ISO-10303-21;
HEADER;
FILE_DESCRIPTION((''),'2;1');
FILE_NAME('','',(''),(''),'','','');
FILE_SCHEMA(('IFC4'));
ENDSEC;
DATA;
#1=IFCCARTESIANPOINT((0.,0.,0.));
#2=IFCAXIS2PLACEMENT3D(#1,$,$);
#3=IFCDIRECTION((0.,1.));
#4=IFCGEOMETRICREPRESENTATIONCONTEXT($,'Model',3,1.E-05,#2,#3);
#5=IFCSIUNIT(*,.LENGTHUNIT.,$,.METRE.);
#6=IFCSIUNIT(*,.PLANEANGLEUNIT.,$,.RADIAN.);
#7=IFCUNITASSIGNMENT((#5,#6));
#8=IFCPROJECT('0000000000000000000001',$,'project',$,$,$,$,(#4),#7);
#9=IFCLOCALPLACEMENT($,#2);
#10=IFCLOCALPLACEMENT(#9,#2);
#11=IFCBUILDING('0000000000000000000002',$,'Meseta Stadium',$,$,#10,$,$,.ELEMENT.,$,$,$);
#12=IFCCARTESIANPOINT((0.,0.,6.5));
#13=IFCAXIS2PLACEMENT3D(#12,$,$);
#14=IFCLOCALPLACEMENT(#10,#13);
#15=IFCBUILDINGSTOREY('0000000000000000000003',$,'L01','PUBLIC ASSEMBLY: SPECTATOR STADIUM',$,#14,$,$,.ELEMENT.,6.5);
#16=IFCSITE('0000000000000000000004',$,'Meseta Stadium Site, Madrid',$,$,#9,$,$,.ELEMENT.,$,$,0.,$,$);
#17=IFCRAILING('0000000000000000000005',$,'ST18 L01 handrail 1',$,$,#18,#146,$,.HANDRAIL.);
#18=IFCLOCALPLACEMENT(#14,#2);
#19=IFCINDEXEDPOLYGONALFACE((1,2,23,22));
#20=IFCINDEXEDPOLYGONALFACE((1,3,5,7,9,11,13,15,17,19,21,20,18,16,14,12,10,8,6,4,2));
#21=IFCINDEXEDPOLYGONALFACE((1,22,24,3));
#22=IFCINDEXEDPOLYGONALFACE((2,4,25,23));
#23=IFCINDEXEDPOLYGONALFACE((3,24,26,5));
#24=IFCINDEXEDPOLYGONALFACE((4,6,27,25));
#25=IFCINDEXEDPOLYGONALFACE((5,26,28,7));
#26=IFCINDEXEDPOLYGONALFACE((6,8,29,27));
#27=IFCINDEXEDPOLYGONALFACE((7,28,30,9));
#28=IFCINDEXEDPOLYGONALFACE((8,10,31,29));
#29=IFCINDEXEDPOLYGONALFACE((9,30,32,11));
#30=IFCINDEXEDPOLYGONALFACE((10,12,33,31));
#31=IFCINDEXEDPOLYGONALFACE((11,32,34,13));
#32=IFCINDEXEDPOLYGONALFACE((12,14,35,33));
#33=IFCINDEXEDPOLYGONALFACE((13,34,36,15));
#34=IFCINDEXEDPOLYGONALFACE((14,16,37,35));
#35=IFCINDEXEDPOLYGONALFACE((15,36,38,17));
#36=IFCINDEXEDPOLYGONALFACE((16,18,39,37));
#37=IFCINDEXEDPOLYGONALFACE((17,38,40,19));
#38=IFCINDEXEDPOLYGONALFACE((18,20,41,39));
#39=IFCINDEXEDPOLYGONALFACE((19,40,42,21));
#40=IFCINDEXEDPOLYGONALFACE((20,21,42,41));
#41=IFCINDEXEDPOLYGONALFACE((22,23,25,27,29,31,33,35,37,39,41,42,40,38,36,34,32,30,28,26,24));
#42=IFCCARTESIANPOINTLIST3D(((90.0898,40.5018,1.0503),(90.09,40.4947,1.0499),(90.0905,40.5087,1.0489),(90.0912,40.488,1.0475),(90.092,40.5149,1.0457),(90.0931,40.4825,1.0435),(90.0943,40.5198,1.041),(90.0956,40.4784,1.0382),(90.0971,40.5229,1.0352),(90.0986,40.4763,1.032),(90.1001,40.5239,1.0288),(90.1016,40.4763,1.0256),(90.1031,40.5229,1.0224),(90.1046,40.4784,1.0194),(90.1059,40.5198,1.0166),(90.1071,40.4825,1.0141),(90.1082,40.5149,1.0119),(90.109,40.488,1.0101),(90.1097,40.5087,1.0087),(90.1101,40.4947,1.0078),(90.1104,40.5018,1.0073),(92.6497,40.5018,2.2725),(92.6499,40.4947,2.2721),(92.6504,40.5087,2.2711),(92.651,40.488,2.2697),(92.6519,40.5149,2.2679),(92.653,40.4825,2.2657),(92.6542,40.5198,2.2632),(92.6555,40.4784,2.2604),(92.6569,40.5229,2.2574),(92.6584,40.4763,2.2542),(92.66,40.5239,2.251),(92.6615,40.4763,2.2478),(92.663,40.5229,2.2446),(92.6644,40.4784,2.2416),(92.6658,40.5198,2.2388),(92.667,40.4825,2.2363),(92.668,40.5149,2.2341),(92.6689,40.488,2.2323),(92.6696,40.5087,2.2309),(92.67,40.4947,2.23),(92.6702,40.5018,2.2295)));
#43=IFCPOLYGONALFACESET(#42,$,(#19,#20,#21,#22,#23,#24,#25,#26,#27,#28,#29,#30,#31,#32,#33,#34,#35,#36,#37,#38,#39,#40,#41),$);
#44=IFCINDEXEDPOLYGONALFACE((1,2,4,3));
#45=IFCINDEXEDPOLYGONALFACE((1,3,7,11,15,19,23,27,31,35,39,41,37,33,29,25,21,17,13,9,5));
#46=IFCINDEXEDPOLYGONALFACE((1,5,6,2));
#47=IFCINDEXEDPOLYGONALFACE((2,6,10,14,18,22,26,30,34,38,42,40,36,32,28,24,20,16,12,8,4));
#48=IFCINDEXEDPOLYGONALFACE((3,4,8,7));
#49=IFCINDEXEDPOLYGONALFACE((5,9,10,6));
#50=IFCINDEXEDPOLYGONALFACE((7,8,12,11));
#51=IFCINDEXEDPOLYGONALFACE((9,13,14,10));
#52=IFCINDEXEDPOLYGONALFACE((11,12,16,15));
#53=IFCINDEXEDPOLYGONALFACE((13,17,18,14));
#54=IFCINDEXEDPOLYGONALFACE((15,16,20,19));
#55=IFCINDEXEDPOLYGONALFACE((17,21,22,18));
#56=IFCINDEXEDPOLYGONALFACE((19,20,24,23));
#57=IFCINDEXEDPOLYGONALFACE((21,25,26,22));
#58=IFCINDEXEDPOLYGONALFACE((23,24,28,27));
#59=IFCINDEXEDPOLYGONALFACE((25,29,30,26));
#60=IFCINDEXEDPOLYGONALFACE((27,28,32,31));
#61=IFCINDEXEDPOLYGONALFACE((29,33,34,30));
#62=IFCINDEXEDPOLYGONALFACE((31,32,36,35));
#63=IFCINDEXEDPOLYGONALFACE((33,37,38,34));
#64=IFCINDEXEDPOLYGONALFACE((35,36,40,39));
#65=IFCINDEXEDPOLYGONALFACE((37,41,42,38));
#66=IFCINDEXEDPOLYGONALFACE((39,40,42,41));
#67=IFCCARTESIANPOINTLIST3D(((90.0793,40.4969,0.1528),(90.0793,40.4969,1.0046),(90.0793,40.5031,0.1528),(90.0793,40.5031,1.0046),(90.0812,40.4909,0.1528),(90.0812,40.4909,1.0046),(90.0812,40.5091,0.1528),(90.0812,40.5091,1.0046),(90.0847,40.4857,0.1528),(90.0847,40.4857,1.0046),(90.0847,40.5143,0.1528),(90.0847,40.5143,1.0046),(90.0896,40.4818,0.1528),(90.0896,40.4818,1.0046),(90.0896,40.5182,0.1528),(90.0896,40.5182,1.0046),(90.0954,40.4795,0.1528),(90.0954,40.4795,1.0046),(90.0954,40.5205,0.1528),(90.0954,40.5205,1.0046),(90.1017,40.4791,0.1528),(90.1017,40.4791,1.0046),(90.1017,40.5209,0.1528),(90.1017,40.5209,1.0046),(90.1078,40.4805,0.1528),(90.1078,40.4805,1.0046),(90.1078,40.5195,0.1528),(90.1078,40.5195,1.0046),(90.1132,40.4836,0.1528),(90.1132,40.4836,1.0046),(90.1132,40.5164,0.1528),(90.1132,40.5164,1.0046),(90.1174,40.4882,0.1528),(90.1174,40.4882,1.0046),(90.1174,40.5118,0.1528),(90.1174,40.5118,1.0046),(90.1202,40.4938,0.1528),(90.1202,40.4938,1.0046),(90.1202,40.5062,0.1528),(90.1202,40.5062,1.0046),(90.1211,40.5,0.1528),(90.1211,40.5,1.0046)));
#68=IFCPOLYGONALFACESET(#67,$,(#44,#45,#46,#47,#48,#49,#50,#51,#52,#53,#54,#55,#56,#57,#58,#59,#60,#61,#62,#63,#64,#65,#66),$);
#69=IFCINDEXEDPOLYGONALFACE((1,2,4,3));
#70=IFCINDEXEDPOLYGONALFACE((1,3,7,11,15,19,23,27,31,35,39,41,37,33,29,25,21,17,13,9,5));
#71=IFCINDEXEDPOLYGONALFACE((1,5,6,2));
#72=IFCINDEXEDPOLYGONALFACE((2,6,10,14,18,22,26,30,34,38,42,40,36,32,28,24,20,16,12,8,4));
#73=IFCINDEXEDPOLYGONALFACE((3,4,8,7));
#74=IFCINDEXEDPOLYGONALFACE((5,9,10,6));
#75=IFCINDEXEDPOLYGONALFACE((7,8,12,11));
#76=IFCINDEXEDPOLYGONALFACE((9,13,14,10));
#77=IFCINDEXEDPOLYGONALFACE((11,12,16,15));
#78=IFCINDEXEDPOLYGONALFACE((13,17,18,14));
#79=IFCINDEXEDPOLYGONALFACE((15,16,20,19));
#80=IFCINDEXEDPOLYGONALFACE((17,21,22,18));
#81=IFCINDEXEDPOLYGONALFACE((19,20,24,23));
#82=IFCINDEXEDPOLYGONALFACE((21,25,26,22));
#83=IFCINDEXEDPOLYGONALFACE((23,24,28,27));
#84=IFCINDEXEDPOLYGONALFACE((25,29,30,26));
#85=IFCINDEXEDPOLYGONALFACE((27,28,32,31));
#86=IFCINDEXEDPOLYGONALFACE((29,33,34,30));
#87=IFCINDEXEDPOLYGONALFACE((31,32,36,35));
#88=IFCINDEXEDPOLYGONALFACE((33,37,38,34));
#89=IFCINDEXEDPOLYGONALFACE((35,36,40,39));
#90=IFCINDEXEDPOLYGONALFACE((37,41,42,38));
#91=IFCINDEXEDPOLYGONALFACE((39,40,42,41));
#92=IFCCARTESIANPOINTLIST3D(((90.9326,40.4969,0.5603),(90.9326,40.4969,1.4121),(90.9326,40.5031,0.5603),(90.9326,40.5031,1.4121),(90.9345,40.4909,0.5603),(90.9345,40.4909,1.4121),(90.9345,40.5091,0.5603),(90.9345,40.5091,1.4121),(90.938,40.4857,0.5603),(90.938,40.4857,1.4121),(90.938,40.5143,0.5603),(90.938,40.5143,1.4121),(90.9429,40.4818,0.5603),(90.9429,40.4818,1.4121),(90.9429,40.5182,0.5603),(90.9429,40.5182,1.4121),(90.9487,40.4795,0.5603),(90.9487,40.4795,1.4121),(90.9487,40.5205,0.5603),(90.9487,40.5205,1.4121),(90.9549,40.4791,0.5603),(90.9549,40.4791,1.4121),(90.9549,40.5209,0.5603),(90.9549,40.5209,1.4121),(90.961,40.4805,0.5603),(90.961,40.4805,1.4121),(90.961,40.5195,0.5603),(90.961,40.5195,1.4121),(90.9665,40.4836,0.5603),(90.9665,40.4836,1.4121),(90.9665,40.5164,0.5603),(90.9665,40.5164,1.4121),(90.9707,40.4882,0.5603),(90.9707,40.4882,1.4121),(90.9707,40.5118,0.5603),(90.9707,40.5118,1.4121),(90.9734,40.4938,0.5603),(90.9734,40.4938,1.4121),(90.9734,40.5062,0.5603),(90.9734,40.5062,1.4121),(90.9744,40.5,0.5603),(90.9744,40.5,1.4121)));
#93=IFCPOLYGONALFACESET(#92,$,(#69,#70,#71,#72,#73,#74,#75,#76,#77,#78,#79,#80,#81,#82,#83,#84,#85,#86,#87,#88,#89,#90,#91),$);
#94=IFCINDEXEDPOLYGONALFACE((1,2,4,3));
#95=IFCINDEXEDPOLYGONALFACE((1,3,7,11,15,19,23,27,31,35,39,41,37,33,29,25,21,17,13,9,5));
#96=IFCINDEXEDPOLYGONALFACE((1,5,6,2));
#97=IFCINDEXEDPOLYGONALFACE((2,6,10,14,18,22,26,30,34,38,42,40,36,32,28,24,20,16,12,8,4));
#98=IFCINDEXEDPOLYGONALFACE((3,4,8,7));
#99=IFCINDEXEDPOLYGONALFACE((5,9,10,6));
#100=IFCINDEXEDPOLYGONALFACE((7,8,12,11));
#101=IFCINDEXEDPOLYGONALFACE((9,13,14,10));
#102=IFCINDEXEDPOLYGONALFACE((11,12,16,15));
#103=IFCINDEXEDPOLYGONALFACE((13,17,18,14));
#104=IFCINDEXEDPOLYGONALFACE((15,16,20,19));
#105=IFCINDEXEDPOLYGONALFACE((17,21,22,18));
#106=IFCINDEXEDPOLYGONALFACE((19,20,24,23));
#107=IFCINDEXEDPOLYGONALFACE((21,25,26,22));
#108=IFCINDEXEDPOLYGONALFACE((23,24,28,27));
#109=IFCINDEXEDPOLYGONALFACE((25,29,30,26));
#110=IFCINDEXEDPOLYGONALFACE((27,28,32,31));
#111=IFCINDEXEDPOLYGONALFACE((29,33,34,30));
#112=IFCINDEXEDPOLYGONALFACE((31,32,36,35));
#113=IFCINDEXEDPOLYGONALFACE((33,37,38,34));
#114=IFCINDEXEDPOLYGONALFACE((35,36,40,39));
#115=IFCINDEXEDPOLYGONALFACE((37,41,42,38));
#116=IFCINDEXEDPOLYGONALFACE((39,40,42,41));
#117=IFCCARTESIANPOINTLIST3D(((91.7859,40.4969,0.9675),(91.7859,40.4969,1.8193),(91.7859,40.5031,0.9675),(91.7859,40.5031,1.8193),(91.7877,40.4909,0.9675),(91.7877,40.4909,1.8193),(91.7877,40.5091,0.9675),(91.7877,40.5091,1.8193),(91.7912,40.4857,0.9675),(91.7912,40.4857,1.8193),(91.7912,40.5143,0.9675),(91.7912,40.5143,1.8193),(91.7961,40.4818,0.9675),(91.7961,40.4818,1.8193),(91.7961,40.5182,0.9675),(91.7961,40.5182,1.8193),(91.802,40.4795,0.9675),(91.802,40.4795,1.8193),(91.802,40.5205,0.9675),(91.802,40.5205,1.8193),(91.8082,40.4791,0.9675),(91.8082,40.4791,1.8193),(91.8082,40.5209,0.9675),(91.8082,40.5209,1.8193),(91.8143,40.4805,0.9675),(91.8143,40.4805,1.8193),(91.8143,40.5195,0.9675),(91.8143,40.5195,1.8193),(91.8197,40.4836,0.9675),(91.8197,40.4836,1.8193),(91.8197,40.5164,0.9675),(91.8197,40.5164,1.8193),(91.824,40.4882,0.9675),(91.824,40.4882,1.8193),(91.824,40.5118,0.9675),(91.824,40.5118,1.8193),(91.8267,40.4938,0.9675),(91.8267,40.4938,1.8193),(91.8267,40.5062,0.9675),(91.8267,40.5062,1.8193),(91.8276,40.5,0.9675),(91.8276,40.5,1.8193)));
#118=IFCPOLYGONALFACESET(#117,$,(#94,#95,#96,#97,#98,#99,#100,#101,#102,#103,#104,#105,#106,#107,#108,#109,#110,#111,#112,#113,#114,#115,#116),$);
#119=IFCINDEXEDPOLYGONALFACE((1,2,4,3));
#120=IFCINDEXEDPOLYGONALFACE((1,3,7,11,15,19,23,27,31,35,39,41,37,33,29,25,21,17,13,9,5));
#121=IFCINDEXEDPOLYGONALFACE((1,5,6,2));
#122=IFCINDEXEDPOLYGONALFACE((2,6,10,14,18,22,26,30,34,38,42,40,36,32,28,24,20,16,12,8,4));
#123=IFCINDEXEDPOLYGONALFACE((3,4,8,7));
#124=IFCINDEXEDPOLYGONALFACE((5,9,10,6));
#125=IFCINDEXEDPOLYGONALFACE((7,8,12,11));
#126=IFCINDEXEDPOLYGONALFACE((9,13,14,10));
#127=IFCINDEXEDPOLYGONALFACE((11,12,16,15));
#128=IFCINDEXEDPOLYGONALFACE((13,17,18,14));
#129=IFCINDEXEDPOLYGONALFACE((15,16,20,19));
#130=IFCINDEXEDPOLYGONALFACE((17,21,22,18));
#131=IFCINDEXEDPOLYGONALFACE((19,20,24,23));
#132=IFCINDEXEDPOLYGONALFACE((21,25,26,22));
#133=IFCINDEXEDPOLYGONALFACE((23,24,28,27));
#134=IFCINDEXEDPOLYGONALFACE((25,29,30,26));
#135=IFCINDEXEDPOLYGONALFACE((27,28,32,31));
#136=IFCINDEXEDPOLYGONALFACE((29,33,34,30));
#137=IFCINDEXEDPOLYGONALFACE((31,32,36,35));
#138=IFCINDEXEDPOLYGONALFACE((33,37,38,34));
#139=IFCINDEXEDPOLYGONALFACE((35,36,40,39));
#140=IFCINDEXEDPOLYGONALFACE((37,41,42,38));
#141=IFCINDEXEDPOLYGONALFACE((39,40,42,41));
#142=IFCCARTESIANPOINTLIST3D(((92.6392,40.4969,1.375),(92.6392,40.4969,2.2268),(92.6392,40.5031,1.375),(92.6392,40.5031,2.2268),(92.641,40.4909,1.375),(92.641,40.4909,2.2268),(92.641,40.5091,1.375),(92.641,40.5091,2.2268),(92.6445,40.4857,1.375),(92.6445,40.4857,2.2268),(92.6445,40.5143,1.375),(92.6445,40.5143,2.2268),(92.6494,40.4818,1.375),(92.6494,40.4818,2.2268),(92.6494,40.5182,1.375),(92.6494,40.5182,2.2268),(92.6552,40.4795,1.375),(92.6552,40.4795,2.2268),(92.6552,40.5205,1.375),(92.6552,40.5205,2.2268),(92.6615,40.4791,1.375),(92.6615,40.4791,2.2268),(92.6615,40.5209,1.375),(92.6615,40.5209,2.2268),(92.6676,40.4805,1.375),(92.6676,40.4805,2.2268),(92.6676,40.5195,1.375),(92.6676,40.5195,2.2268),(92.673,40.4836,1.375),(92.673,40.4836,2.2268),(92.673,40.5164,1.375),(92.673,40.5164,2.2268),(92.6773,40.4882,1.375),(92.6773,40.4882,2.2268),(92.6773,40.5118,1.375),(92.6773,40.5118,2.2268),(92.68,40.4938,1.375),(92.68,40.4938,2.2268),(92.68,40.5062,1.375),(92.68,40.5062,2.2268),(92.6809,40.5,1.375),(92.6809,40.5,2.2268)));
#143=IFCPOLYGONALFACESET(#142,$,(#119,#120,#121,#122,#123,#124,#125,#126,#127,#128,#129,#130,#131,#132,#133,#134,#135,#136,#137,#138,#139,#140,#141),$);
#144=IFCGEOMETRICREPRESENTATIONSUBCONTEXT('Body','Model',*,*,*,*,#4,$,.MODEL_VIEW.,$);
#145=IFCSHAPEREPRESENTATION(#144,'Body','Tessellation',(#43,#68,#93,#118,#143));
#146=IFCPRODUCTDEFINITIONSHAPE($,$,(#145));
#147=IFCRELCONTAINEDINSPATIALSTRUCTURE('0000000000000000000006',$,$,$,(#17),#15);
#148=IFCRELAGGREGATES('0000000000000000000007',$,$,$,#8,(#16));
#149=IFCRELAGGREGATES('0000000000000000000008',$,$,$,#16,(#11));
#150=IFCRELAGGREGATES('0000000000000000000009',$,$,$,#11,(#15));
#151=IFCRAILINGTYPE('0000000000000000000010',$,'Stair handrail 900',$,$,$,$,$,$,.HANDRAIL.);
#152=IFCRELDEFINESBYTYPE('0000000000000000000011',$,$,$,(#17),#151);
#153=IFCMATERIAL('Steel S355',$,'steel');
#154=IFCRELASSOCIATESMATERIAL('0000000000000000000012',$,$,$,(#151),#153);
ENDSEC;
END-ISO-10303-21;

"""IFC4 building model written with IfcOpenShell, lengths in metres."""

from ifc_helpers import new_model, si_unit, direction, frame, origin, origin_2d, place, context, subcontext, project, spatial, circle, extrude, material, type_object, element, save


model = new_model("IFC4")

# Units and contexts
model_context = context("Model", 3, precision=1e-05, world=origin(), true_north=direction((0.0, 1.0)))
body_context = subcontext(model_context, "Body", "Model", "MODEL_VIEW")
ifc_project = project(units=[si_unit("LENGTHUNIT", "METRE"), si_unit("PLANEANGLEUNIT", "RADIAN")], contexts=[model_context])

# Site, building, storey
site_placement = place(None, origin())
site = spatial("IfcSite", under=ifc_project, at=site_placement, Name="Meseta Stadium Site, Madrid", CompositionType="ELEMENT", RefElevation=0.0)
building_placement = place(site_placement, origin())
building = spatial("IfcBuilding", under=site, at=building_placement, Name="Meseta Stadium", CompositionType="ELEMENT")
storey_placement = place(building_placement, frame((0.0, 0.0, 6.5)))
storey = spatial("IfcBuildingStorey", under=building, at=storey_placement, Name="L01", Description="PUBLIC ASSEMBLY: SPECTATOR STADIUM", CompositionType="ELEMENT", Elevation=6.5)

# Railing
ifc_material_1 = material(Name="Steel S355", Category="steel")
railing_type_1 = type_object("IfcRailingType", Name="Stair handrail 900", PredefinedType="HANDRAIL", material=ifc_material_1)
railing_1_placement = place(storey_placement, frame((90.1001, 40.5, 0.1528)))
element("IfcRailing", 1, at=railing_1_placement, inside=storey, type_object=railing_type_1, Name="ST18 L01 handrail 1", PredefinedType="HANDRAIL", context=body_context, shape_type="SweptSolid", body=[
    extrude(circle(Radius=0.0239, at=origin_2d()), frame((0.0, 0.0, 0.876), z_axis=(0.902421, 0.0, 0.430855), x_axis=(0.0, 1.0, 0.0)), (0.0, 0.0, 1.0), 2.8367),
    extrude(circle(Radius=0.021, at=origin_2d()), origin(), (0.0, 0.0, 1.0), 0.8518),
    extrude(circle(Radius=0.021, at=origin_2d()), frame((0.8533, 0.0, 0.4075)), (0.0, 0.0, 1.0), 0.8518),
    extrude(circle(Radius=0.021, at=origin_2d()), frame((1.7065, 0.0, 0.8147)), (0.0, 0.0, 1.0), 0.8518),
    extrude(circle(Radius=0.021, at=origin_2d()), frame((2.5598, 0.0, 1.2222)), (0.0, 0.0, 1.0), 0.8518),
])

save(model, "model.ifc")
